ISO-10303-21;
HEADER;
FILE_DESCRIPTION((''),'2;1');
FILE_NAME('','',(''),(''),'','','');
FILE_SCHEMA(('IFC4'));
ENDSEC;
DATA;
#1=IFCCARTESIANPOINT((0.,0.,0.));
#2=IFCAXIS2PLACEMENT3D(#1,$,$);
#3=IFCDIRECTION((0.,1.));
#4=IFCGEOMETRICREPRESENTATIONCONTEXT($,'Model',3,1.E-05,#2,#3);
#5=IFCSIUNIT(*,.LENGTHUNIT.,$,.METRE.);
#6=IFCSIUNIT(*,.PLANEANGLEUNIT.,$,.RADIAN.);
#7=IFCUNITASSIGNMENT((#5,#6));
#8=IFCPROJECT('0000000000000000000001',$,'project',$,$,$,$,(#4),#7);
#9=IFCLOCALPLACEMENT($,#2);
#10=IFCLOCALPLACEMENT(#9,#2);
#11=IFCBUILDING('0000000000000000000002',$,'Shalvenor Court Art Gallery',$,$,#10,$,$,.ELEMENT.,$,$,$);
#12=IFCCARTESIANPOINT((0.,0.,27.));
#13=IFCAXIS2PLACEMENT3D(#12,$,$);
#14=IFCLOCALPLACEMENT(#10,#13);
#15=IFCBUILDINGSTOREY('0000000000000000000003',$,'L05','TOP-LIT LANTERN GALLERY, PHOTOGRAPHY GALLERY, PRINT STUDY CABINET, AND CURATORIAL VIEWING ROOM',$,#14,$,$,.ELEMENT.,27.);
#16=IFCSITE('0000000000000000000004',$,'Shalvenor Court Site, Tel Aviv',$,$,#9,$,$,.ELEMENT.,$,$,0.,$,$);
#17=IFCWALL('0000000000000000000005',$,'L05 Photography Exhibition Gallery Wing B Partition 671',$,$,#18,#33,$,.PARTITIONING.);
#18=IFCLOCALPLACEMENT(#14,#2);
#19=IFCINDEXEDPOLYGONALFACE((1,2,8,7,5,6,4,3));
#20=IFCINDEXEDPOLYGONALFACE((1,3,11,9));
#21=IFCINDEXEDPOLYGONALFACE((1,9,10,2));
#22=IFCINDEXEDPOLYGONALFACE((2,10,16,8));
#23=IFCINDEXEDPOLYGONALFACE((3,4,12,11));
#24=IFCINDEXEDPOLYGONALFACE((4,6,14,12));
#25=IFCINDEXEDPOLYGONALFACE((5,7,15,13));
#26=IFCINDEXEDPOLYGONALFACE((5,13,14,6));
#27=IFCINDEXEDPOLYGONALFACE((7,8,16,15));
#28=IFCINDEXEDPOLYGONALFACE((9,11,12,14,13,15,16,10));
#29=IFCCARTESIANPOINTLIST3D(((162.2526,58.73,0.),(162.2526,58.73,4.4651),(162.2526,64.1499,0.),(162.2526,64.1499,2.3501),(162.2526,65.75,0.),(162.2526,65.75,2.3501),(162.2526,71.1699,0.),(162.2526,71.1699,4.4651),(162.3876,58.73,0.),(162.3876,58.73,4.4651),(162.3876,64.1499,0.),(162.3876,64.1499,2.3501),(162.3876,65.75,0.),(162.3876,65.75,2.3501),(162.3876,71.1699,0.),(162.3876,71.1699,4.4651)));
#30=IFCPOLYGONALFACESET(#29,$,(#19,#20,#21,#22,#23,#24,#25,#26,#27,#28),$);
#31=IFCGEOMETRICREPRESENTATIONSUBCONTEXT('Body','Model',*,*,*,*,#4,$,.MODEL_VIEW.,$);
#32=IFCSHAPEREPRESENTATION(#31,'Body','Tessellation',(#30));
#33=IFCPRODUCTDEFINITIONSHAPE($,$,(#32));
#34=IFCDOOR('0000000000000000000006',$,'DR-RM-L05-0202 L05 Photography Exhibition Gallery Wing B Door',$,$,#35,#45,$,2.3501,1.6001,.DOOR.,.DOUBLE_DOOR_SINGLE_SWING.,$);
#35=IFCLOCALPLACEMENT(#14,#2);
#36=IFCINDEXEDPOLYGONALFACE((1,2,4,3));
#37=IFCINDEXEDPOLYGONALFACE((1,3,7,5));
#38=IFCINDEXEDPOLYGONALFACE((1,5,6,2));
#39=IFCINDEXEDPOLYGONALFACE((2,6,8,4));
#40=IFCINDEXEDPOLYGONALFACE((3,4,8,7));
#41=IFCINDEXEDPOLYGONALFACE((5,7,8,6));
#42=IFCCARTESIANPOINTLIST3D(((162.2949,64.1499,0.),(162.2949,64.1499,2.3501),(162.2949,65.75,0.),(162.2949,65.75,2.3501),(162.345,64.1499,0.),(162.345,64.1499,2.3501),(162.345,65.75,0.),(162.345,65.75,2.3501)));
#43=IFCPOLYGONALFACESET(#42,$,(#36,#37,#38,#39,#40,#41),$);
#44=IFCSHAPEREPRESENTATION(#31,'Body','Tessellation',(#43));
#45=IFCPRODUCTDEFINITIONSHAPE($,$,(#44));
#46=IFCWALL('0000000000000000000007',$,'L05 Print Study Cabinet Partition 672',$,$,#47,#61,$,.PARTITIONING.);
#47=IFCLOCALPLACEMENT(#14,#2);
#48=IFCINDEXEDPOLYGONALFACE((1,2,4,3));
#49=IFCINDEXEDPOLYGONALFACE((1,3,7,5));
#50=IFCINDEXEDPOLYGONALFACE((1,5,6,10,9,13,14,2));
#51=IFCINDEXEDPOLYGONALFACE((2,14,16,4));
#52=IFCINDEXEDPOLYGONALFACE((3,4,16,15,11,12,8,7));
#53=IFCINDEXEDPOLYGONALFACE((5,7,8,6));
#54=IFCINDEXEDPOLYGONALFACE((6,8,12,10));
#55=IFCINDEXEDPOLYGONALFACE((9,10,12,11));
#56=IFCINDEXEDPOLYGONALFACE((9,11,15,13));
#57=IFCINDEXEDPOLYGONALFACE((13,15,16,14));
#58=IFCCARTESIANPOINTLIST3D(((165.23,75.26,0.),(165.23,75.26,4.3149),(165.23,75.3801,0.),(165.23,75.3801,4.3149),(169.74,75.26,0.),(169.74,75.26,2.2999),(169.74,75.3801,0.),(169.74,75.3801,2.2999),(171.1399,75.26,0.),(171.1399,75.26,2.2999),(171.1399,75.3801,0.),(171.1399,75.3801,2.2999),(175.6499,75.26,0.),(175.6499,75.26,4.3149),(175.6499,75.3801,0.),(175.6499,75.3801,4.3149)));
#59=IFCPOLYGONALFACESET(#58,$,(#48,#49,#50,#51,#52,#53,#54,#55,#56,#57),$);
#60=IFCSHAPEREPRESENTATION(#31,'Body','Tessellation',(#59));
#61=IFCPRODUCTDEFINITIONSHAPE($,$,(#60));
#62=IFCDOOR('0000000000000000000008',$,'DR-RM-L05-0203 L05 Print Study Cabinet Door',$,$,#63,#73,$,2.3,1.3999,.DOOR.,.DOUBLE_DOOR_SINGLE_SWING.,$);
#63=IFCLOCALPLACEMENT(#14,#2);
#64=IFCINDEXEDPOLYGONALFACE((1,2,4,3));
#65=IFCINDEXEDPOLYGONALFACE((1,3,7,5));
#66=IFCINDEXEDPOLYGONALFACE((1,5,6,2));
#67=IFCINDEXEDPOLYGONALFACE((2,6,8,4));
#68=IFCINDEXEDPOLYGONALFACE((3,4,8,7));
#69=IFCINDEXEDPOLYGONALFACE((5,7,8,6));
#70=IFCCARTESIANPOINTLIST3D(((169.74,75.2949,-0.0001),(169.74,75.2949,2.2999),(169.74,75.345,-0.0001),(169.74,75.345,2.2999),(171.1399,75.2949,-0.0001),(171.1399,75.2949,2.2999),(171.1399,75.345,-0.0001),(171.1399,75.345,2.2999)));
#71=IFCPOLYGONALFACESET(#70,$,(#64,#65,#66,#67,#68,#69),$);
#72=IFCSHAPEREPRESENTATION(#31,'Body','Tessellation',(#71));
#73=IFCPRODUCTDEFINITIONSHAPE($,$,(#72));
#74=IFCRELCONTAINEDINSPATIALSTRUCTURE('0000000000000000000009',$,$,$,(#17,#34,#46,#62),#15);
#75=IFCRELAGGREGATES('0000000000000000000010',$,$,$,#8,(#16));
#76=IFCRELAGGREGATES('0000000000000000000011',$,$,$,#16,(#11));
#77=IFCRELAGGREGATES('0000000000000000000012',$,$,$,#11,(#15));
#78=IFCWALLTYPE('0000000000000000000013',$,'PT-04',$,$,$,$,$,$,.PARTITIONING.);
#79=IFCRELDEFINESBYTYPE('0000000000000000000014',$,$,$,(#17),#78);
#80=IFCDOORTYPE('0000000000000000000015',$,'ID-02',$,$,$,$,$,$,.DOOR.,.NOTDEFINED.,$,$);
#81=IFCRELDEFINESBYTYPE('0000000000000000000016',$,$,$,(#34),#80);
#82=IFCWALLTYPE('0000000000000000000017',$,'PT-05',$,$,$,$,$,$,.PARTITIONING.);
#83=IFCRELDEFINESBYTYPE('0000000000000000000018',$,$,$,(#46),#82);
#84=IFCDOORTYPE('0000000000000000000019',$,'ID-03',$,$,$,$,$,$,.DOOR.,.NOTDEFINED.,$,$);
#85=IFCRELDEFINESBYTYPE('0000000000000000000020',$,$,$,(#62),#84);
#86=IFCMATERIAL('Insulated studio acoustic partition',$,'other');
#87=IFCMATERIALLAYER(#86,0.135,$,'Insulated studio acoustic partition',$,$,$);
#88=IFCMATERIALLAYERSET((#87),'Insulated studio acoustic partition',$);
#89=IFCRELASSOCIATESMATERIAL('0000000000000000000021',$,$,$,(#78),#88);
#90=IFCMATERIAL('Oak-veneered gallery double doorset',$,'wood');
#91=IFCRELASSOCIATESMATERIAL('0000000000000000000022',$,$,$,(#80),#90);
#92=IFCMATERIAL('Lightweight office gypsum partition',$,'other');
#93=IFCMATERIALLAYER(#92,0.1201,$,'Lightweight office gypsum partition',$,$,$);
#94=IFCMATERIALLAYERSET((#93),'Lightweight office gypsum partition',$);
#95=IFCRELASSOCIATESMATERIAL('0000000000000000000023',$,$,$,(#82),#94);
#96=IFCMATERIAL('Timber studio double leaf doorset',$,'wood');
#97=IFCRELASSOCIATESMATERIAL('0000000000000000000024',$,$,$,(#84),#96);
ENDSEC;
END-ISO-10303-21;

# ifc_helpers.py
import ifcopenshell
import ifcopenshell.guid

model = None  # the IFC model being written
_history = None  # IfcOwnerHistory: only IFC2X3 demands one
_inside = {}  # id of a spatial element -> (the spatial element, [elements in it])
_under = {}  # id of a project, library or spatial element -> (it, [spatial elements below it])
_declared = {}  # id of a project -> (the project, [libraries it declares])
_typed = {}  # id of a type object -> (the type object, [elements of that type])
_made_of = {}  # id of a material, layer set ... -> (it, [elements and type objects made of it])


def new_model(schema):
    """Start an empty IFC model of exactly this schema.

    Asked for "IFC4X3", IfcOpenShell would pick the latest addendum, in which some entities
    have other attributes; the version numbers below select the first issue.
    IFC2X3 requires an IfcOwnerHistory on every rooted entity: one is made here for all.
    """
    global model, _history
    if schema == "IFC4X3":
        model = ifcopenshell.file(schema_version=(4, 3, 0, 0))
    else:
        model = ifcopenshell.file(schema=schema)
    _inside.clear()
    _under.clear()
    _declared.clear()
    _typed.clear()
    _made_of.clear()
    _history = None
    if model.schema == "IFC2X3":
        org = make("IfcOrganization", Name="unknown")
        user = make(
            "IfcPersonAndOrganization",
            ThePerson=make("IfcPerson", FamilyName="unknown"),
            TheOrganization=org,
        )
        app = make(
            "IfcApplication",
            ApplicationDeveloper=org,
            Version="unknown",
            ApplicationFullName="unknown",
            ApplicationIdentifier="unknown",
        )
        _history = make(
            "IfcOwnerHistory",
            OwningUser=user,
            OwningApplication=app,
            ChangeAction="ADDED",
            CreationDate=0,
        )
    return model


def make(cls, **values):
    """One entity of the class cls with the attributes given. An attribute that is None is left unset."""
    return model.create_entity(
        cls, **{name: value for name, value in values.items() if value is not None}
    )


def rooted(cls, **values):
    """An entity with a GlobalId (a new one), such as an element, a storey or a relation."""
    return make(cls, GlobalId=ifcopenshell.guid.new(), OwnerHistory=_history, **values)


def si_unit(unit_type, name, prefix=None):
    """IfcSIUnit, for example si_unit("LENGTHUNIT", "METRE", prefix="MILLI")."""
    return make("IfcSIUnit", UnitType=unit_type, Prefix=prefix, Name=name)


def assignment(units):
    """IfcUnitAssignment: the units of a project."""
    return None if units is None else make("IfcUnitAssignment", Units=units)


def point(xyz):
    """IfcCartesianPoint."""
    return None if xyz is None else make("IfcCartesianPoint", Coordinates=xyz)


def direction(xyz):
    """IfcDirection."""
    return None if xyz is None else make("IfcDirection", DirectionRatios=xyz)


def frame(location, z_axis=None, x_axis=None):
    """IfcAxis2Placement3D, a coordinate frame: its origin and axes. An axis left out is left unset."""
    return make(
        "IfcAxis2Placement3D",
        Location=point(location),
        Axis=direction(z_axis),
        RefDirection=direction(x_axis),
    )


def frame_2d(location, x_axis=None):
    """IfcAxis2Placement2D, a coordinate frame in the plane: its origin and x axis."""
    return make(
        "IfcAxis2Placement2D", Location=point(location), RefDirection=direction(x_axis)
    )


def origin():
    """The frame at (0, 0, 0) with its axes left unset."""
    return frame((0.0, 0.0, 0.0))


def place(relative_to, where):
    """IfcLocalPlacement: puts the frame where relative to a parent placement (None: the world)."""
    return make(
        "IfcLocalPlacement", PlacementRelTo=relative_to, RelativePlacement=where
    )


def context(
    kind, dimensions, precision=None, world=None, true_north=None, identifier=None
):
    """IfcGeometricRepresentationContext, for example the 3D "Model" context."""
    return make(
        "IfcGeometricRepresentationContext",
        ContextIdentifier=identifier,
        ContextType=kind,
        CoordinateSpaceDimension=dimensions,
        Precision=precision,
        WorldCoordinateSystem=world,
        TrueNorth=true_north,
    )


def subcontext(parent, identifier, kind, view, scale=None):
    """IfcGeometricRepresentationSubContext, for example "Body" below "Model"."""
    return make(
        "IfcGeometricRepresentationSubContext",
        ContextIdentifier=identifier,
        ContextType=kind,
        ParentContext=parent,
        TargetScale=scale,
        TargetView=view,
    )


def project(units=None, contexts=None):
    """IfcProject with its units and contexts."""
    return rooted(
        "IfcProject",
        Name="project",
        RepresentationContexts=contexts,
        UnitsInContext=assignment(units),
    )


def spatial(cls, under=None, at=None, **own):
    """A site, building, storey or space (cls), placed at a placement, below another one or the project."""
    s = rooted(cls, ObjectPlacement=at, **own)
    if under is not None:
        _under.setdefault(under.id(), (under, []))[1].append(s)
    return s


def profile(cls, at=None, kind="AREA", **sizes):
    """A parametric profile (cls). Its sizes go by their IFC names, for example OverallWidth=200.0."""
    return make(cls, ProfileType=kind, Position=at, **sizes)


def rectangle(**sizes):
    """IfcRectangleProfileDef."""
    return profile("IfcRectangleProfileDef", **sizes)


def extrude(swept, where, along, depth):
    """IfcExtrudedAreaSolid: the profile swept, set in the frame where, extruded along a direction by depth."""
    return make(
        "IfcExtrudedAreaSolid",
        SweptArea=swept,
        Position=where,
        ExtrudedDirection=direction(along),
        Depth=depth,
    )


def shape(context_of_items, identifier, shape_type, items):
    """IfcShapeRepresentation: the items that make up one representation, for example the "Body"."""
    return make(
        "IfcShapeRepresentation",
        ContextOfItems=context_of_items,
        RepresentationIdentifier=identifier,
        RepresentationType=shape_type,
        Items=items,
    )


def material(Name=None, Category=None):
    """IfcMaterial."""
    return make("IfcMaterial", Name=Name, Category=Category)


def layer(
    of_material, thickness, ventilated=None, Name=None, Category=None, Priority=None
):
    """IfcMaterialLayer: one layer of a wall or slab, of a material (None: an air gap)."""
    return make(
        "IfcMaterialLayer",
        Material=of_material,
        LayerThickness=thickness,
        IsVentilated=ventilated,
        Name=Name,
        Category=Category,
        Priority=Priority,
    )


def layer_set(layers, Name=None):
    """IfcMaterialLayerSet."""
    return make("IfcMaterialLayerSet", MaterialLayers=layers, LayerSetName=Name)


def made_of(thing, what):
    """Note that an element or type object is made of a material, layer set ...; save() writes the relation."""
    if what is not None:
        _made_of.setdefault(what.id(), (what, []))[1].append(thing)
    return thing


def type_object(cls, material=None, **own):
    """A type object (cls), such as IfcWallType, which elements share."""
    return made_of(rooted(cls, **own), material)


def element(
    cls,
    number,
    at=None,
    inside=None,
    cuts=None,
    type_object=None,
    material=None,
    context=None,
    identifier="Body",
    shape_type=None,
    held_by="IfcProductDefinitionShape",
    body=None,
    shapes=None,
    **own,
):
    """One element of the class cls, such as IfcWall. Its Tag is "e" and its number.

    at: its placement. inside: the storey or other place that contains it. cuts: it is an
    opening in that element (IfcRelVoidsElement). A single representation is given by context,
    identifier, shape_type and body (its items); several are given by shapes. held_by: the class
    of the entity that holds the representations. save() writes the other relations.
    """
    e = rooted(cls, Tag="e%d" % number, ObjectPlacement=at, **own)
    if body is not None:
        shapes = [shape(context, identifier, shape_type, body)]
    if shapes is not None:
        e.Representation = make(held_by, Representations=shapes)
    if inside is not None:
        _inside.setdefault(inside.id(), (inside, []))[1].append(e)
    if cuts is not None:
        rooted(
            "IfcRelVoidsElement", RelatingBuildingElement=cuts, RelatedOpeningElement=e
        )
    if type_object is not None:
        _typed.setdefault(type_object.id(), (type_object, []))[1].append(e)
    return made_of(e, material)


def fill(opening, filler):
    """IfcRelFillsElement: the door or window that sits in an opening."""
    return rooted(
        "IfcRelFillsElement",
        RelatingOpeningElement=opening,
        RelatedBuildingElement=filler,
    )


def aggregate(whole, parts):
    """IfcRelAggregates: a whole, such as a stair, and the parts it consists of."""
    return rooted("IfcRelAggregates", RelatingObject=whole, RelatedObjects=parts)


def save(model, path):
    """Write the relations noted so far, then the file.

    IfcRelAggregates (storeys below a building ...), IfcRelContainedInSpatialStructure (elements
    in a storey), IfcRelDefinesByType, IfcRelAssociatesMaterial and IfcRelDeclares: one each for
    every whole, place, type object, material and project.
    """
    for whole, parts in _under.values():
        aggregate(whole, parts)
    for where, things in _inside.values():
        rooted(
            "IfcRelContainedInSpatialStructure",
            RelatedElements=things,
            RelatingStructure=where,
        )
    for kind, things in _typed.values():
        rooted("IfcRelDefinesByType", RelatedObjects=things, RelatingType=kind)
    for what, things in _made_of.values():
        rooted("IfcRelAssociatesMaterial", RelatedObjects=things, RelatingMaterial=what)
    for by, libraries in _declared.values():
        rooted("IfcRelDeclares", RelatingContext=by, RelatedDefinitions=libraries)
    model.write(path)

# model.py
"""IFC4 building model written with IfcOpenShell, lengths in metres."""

from ifc_helpers import new_model, si_unit, direction, frame, frame_2d, origin, place, context, subcontext, project, spatial, rectangle, extrude, material, layer, layer_set, type_object, element, fill, save


model = new_model("IFC4")

# Units and contexts
model_context = context("Model", 3, precision=1e-05, world=origin(), true_north=direction((0.0, 1.0)))
body_context = subcontext(model_context, "Body", "Model", "MODEL_VIEW")
ifc_project = project(units=[si_unit("LENGTHUNIT", "METRE"), si_unit("PLANEANGLEUNIT", "RADIAN")], contexts=[model_context])

# Site, building, storey
site_placement = place(None, origin())
site = spatial("IfcSite", under=ifc_project, at=site_placement, Name="Shalvenor Court Site, Tel Aviv", CompositionType="ELEMENT", RefElevation=0.0)
building_placement = place(site_placement, origin())
building = spatial("IfcBuilding", under=site, at=building_placement, Name="Shalvenor Court Art Gallery", CompositionType="ELEMENT")
storey_placement = place(building_placement, frame((0.0, 0.0, 27.0)))
storey = spatial("IfcBuildingStorey", under=building, at=storey_placement, Name="L05", Description="TOP-LIT LANTERN GALLERY, PHOTOGRAPHY GALLERY, PRINT STUDY CABINET, AND CURATORIAL VIEWING ROOM", CompositionType="ELEMENT", Elevation=27.0)

# Walls, openings, doors
ifc_material_1 = material(Name="Insulated studio acoustic partition", Category="other")
ifc_layer_1 = layer(ifc_material_1, 0.135, Name="Insulated studio acoustic partition")
ifc_layer_set_1 = layer_set([ifc_layer_1], Name="Insulated studio acoustic partition")
wall_type_1 = type_object("IfcWallType", Name="PT-04", PredefinedType="PARTITIONING", material=ifc_layer_set_1)
wall_1_placement = place(storey_placement, frame((162.3201, 71.1699, 0.0), z_axis=(0.0, 0.0, 1.0), x_axis=(0.0, -1.0, 0.0)))
wall_1 = element("IfcWall", 1, at=wall_1_placement, inside=storey, type_object=wall_type_1, Name="L05 Photography Exhibition Gallery Wing B Partition 671", PredefinedType="PARTITIONING", context=body_context, shape_type="SweptSolid", body=[
    extrude(rectangle(XDim=12.4399, YDim=0.135, at=frame_2d((6.22, 0.0))), origin(), (0.0, 0.0, 1.0), 4.4651),
])
opening_1_placement = place(wall_1_placement, frame((5.4199, 0.0, 0.0)))
opening_1 = element("IfcOpeningElement", 2, at=opening_1_placement, cuts=wall_1, PredefinedType="OPENING", context=body_context, shape_type="SweptSolid", body=[
    extrude(rectangle(XDim=1.6001, YDim=2.3501, at=frame_2d((0.8, 1.175))), frame((0.0, 0.0774, 0.0), z_axis=(0.0, -1.0, 0.0), x_axis=(1.0, 0.0, 0.0)), (0.0, 0.0, 1.0), 0.155),
])
ifc_material_2 = material(Name="Oak-veneered gallery double doorset", Category="wood")
door_type_1 = type_object("IfcDoorType", Name="ID-02", OperationType="NOTDEFINED", PredefinedType="DOOR", material=ifc_material_2)
door_1_placement = place(opening_1_placement, origin())
door_1 = element("IfcDoor", 3, at=door_1_placement, inside=storey, type_object=door_type_1, Name="DR-RM-L05-0202 L05 Photography Exhibition Gallery Wing B Door", OperationType="DOUBLE_DOOR_SINGLE_SWING", OverallHeight=2.3501, OverallWidth=1.6001, PredefinedType="DOOR", context=body_context, shape_type="SweptSolid", body=[
    extrude(rectangle(XDim=1.6001, YDim=2.3501, at=frame_2d((0.8, 1.175))), frame((0.0, 0.0249, 0.0), z_axis=(0.0, -1.0, 0.0), x_axis=(1.0, 0.0, 0.0)), (0.0, 0.0, 1.0), 0.05),
])
fill(opening_1, door_1)
ifc_material_3 = material(Name="Lightweight office gypsum partition", Category="other")
ifc_layer_2 = layer(ifc_material_3, 0.1201, Name="Lightweight office gypsum partition")
ifc_layer_set_2 = layer_set([ifc_layer_2], Name="Lightweight office gypsum partition")
wall_type_2 = type_object("IfcWallType", Name="PT-05", PredefinedType="PARTITIONING", material=ifc_layer_set_2)
wall_2_placement = place(storey_placement, frame((165.23, 75.3201, 0.0), z_axis=(0.0, 0.0, 1.0), x_axis=(1.0, 0.0, 0.0)))
wall_2 = element("IfcWall", 4, at=wall_2_placement, inside=storey, type_object=wall_type_2, Name="L05 Print Study Cabinet Partition 672", PredefinedType="PARTITIONING", context=body_context, shape_type="SweptSolid", body=[
    extrude(rectangle(XDim=10.4199, YDim=0.1201, at=frame_2d((5.21, 0.0))), origin(), (0.0, 0.0, 1.0), 4.3149),
])
opening_2_placement = place(wall_2_placement, frame((4.51, 0.0, 0.0)))
opening_2 = element("IfcOpeningElement", 5, at=opening_2_placement, cuts=wall_2, PredefinedType="OPENING", context=body_context, shape_type="SweptSolid", body=[
    extrude(rectangle(XDim=1.3999, YDim=2.3, at=frame_2d((0.7, 1.1499))), frame((0.0, 0.0701, 0.0), z_axis=(0.0, -1.0, 0.0), x_axis=(1.0, 0.0, 0.0)), (0.0, 0.0, 1.0), 0.1401),
])
ifc_material_4 = material(Name="Timber studio double leaf doorset", Category="wood")
door_type_2 = type_object("IfcDoorType", Name="ID-03", OperationType="NOTDEFINED", PredefinedType="DOOR", material=ifc_material_4)
door_2_placement = place(opening_2_placement, origin())
door_2 = element("IfcDoor", 6, at=door_2_placement, inside=storey, type_object=door_type_2, Name="DR-RM-L05-0203 L05 Print Study Cabinet Door", OperationType="DOUBLE_DOOR_SINGLE_SWING", OverallHeight=2.3, OverallWidth=1.3999, PredefinedType="DOOR", context=body_context, shape_type="SweptSolid", body=[
    extrude(rectangle(XDim=1.3999, YDim=2.3, at=frame_2d((0.7, 1.1499))), frame((0.0, 0.0249, 0.0), z_axis=(0.0, -1.0, 0.0), x_axis=(1.0, 0.0, 0.0)), (0.0, 0.0, 1.0), 0.05),
])
fill(opening_2, door_2)

save(model, "model.ifc")
